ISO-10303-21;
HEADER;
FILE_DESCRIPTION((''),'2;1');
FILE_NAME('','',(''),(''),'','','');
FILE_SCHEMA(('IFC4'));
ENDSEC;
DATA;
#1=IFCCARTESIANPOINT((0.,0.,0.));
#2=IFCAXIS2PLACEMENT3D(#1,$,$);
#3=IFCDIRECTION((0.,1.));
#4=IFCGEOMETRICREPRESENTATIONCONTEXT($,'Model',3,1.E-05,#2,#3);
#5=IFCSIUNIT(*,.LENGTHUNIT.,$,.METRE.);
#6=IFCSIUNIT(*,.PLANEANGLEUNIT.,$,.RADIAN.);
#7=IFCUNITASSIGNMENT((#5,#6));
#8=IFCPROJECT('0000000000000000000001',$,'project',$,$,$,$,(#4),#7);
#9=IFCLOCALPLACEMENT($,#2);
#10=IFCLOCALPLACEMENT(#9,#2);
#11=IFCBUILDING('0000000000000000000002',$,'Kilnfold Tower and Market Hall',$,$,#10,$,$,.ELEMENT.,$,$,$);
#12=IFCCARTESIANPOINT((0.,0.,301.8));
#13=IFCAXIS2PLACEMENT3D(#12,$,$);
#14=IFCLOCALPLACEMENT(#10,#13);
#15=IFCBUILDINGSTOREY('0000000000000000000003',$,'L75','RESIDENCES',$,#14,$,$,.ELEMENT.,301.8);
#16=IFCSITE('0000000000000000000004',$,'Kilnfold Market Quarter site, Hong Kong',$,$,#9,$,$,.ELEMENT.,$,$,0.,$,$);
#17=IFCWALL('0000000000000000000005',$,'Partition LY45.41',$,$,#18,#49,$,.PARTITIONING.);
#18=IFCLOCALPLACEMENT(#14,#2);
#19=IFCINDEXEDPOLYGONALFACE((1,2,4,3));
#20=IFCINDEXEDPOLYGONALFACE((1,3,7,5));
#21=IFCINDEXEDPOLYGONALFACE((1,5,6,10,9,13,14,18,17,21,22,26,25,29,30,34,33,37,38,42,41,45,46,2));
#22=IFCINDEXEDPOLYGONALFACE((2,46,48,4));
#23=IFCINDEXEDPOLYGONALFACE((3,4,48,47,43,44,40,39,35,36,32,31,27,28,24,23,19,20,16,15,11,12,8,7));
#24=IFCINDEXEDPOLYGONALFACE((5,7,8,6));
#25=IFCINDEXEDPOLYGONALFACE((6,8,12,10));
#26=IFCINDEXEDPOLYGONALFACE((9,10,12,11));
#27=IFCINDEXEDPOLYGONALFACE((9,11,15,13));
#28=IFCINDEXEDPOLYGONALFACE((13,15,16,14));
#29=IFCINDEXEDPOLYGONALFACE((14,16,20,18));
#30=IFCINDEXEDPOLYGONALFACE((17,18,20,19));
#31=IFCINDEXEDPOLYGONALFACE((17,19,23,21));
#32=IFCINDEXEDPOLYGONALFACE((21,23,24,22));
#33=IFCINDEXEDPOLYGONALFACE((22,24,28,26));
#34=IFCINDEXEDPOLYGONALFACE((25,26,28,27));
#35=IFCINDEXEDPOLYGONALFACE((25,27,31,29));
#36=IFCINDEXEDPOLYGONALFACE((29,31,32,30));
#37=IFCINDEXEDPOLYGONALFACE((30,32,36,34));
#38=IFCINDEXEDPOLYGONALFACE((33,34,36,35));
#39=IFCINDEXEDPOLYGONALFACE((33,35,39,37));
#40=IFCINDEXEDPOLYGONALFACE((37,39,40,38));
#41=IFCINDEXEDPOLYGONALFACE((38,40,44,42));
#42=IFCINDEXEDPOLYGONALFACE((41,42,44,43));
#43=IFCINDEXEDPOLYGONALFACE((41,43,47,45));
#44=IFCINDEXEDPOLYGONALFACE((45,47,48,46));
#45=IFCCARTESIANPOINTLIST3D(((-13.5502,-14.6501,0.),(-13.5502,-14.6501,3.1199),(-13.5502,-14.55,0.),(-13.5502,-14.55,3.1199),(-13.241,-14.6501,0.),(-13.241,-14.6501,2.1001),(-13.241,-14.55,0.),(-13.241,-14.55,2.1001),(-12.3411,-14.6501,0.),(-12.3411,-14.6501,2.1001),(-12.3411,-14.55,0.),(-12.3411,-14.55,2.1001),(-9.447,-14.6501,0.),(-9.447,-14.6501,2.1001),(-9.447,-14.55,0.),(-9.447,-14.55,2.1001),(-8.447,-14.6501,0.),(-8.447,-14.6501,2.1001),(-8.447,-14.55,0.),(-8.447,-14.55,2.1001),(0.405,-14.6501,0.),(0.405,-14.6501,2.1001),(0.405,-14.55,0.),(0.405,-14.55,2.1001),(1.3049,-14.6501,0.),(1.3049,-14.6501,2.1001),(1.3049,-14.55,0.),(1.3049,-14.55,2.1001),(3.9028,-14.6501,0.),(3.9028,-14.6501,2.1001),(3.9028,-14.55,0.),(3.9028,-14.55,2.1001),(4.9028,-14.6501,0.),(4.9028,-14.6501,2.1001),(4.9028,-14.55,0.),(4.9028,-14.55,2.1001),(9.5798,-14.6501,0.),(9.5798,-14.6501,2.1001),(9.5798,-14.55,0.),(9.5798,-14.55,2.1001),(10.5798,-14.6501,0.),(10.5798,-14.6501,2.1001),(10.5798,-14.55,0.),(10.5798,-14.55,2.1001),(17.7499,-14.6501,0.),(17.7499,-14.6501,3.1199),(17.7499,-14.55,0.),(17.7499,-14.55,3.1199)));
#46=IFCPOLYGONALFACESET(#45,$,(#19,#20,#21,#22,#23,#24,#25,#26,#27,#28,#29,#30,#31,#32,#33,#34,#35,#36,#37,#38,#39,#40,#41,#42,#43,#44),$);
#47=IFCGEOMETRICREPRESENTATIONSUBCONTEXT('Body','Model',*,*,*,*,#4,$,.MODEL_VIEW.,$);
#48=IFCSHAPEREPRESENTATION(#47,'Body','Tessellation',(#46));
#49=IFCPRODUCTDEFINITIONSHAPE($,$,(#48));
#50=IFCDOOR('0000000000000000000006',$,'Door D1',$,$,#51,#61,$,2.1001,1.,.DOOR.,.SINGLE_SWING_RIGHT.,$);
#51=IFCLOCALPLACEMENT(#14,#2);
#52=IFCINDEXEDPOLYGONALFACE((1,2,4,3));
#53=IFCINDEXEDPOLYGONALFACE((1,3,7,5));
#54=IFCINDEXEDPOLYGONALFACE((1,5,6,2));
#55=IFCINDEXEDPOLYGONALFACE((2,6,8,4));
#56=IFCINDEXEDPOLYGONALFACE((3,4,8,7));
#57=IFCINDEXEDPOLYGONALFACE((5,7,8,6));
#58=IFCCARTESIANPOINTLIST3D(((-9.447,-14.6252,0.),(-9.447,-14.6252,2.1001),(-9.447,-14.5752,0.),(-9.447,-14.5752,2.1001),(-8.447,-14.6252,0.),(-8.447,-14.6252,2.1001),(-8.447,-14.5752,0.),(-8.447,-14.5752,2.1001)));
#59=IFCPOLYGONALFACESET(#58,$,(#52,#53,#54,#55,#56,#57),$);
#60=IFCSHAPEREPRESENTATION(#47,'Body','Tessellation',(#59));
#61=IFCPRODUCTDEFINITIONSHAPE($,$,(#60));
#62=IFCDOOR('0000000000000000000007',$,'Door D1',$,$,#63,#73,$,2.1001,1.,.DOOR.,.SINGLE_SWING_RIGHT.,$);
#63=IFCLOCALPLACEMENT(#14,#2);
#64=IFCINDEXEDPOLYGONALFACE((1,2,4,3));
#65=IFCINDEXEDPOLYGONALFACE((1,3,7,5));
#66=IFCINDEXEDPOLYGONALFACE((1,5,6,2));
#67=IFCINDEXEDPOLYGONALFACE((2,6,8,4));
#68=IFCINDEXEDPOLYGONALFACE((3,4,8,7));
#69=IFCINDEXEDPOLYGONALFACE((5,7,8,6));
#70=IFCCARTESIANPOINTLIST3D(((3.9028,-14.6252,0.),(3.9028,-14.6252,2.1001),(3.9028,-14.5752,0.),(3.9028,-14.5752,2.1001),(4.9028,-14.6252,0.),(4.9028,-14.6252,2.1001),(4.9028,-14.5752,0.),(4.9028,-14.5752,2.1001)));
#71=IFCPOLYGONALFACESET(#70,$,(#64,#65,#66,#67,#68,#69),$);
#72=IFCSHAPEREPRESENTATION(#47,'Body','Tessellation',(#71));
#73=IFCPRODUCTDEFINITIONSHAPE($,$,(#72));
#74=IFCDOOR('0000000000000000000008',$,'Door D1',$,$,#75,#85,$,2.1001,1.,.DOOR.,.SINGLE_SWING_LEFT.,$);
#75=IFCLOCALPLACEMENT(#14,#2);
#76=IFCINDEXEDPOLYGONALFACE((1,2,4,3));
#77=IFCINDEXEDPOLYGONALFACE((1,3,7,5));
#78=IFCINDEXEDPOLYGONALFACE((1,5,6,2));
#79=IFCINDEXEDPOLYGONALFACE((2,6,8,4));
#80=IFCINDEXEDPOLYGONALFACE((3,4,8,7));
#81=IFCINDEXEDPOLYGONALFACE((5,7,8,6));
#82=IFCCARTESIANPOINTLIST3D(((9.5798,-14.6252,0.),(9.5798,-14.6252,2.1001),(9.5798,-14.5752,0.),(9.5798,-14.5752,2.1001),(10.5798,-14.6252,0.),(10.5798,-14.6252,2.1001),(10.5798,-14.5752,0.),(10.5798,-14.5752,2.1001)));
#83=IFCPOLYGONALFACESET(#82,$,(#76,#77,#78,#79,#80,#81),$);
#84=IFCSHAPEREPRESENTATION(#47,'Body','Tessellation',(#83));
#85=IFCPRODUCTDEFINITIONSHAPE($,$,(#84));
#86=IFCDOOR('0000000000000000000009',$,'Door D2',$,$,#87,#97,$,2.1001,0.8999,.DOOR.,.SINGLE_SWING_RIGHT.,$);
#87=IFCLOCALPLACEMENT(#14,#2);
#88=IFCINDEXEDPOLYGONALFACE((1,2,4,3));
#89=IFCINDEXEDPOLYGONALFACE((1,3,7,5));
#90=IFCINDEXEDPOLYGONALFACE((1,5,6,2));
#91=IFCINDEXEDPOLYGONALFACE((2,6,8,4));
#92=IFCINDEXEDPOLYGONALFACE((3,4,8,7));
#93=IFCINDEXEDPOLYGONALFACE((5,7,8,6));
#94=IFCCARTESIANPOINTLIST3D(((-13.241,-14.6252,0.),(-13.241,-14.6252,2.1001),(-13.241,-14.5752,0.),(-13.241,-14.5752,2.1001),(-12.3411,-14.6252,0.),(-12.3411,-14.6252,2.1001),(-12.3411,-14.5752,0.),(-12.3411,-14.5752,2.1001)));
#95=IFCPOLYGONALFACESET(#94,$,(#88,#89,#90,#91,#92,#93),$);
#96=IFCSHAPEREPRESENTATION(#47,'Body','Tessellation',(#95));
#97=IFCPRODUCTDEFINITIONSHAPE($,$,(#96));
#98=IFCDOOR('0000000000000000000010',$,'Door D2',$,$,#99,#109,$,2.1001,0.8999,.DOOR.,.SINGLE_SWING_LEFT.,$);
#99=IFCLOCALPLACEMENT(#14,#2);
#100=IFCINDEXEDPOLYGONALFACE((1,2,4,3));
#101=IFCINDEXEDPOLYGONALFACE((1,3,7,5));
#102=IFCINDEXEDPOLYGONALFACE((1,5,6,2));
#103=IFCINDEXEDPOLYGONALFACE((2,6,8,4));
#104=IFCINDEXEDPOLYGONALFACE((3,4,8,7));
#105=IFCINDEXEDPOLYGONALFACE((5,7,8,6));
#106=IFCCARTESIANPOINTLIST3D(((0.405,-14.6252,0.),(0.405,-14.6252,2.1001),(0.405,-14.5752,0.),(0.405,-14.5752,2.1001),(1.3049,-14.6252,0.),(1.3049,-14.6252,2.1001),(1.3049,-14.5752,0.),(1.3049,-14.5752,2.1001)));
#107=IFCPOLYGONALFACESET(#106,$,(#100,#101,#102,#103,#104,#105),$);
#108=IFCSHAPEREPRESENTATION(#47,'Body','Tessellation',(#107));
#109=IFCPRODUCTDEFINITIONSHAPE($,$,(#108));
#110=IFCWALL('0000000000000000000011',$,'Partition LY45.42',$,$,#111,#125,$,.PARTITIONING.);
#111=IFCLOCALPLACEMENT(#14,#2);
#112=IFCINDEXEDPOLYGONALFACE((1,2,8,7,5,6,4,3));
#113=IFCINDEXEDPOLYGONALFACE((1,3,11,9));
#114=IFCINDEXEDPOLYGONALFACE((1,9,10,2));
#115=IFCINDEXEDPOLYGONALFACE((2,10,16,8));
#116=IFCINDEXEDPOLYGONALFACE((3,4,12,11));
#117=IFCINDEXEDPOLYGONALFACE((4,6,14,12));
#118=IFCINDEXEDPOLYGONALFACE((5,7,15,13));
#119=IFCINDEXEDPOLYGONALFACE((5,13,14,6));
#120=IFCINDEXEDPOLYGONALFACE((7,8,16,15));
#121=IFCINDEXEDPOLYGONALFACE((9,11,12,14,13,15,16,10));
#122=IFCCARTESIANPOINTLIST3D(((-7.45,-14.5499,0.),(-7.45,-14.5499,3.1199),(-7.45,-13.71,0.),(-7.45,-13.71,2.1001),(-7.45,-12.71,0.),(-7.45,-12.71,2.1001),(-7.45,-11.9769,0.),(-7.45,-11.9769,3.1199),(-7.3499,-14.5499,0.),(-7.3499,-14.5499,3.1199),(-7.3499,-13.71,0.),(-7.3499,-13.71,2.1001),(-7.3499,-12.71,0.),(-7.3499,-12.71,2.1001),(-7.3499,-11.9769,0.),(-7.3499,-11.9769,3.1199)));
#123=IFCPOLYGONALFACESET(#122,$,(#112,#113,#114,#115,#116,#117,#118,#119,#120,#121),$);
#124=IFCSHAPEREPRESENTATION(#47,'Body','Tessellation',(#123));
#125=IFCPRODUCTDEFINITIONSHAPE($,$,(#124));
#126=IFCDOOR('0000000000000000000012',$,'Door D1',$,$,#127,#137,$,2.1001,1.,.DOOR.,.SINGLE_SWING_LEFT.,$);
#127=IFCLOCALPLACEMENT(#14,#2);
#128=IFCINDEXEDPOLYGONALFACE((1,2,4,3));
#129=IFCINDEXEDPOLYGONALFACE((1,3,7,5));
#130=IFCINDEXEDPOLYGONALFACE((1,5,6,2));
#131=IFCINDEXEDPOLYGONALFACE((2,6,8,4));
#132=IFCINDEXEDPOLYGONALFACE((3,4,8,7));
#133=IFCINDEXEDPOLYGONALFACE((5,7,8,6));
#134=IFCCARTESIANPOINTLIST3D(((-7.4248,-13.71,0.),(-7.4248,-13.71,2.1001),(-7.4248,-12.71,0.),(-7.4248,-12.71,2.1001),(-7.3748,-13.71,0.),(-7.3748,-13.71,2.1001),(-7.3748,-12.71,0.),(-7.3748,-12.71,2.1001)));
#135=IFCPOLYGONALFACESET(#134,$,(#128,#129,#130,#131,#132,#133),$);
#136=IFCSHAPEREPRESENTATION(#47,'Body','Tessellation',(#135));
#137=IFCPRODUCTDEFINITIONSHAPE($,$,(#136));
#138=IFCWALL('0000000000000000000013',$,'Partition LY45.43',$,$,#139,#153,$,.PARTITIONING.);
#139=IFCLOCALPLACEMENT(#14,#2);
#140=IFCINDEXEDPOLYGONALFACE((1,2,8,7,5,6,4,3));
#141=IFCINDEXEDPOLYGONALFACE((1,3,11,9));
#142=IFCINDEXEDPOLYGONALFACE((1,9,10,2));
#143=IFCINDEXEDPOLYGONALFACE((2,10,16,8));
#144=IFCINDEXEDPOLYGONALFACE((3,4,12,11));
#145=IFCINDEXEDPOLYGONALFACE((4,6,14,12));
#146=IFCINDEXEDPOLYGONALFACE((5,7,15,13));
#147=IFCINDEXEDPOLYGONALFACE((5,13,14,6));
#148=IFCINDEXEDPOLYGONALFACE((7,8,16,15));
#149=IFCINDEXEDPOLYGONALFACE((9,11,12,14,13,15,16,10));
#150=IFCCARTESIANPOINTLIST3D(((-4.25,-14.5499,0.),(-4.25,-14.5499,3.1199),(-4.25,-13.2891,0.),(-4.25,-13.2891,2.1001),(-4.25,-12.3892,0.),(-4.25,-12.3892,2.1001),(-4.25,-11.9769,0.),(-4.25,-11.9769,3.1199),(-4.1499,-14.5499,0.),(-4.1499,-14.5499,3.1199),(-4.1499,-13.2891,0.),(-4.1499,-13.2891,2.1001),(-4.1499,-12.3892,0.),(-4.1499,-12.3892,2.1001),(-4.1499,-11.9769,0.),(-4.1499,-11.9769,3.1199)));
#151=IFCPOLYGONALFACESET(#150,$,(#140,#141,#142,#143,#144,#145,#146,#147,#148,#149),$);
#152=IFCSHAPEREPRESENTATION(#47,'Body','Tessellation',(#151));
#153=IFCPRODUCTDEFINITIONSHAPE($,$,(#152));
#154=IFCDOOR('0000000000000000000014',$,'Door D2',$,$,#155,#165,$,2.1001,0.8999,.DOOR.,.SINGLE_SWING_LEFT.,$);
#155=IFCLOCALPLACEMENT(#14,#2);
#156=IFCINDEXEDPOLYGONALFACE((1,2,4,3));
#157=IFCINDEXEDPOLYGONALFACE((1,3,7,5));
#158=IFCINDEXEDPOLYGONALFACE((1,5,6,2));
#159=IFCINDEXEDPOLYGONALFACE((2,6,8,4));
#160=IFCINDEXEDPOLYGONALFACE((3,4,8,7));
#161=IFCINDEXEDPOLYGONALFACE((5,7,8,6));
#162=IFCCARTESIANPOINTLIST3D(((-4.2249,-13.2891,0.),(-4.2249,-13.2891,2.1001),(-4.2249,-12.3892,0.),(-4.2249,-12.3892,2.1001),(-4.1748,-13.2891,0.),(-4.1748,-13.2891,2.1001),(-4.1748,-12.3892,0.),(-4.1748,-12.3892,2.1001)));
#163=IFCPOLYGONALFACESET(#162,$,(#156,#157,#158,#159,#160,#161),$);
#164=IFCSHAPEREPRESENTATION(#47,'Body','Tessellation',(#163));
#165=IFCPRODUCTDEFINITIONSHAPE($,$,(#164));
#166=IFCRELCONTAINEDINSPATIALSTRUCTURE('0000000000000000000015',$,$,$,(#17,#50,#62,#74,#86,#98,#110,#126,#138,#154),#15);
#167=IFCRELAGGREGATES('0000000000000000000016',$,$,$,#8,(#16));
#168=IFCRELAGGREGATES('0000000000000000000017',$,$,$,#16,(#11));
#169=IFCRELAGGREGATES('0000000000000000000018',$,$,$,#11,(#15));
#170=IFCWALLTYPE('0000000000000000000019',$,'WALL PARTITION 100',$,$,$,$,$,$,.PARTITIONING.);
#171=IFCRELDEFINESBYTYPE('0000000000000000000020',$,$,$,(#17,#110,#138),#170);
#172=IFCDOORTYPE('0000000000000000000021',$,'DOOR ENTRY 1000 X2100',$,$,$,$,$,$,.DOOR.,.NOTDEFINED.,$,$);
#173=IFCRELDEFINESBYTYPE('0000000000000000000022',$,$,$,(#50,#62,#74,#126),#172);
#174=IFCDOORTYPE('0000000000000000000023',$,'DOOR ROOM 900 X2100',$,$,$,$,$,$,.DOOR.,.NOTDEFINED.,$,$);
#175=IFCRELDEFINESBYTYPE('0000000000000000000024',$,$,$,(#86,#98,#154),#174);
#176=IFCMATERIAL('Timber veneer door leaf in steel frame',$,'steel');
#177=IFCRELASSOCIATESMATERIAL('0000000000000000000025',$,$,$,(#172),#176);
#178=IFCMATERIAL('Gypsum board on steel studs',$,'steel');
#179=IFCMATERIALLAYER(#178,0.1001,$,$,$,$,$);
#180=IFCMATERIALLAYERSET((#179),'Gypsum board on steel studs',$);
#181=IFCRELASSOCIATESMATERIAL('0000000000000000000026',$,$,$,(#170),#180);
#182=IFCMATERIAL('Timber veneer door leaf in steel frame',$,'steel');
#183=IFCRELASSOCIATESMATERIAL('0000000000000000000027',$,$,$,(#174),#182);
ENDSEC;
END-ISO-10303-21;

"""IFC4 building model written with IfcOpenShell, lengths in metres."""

from ifc_helpers import new_model, si_unit, direction, frame, frame_2d, origin, place, context, subcontext, project, spatial, rectangle, extrude, material, layer, layer_set, type_object, element, fill, save


model = new_model("IFC4")

# Units and contexts
model_context = context("Model", 3, precision=1e-05, world=origin(), true_north=direction((0.0, 1.0)))
body_context = subcontext(model_context, "Body", "Model", "MODEL_VIEW")
ifc_project = project(units=[si_unit("LENGTHUNIT", "METRE"), si_unit("PLANEANGLEUNIT", "RADIAN")], contexts=[model_context])

# Site, building, storey
site_placement = place(None, origin())
site = spatial("IfcSite", under=ifc_project, at=site_placement, Name="Kilnfold Market Quarter site, Hong Kong", CompositionType="ELEMENT", RefElevation=0.0)
building_placement = place(site_placement, origin())
building = spatial("IfcBuilding", under=site, at=building_placement, Name="Kilnfold Tower and Market Hall", CompositionType="ELEMENT")
storey_placement = place(building_placement, frame((0.0, 0.0, 301.8)))
storey = spatial("IfcBuildingStorey", under=building, at=storey_placement, Name="L75", Description="RESIDENCES", CompositionType="ELEMENT", Elevation=301.8)

# Shared definitions
ifc_material_1 = material(Name="Timber veneer door leaf in steel frame", Category="steel")
door_type_1 = type_object("IfcDoorType", Name="DOOR ENTRY 1000 X2100", OperationType="NOTDEFINED", PredefinedType="DOOR", material=ifc_material_1)

# Shared definitions
ifc_material_2 = material(Name="Gypsum board on steel studs", Category="steel")
ifc_layer_1 = layer(ifc_material_2, 0.1001)
ifc_layer_set_1 = layer_set([ifc_layer_1], Name="Gypsum board on steel studs")
wall_type_1 = type_object("IfcWallType", Name="WALL PARTITION 100", PredefinedType="PARTITIONING", material=ifc_layer_set_1)

# Wall, openings, doors
wall_1_placement = place(storey_placement, frame((-13.55, -14.6001, 0.0), z_axis=(0.0, 0.0, 1.0), x_axis=(1.0, 0.0, 0.0)))
wall_1 = element("IfcWall", 1, at=wall_1_placement, inside=storey, type_object=wall_type_1, Name="Partition LY45.41", PredefinedType="PARTITIONING", context=body_context, shape_type="SweptSolid", body=[
    extrude(rectangle(XDim=31.3, YDim=0.1001, at=frame_2d((15.6499, 0.0))), origin(), (0.0, 0.0, 1.0), 3.1199),
])
opening_1_placement = place(wall_1_placement, frame((0.3091, 0.0, 0.0)))
opening_1 = element("IfcOpeningElement", 2, at=opening_1_placement, cuts=wall_1, PredefinedType="OPENING", context=body_context, shape_type="SweptSolid", body=[
    extrude(rectangle(XDim=0.8999, YDim=2.1001, at=frame_2d((0.45, 1.05))), frame((0.0, 0.0601, 0.0), z_axis=(0.0, -1.0, 0.0), x_axis=(1.0, 0.0, 0.0)), (0.0, 0.0, 1.0), 0.1201),
])
opening_2_placement = place(wall_1_placement, frame((4.103, 0.0, 0.0)))
opening_2 = element("IfcOpeningElement", 3, at=opening_2_placement, cuts=wall_1, PredefinedType="OPENING", context=body_context, shape_type="SweptSolid", body=[
    extrude(rectangle(XDim=1.0, YDim=2.1001, at=frame_2d((0.5, 1.05))), frame((0.0, 0.0601, 0.0), z_axis=(0.0, -1.0, 0.0), x_axis=(1.0, 0.0, 0.0)), (0.0, 0.0, 1.0), 0.1201),
])
opening_3_placement = place(wall_1_placement, frame((13.9551, 0.0, 0.0)))
opening_3 = element("IfcOpeningElement", 4, at=opening_3_placement, cuts=wall_1, PredefinedType="OPENING", context=body_context, shape_type="SweptSolid", body=[
    extrude(rectangle(XDim=0.8999, YDim=2.1001, at=frame_2d((0.45, 1.05))), frame((0.0, 0.0601, 0.0), z_axis=(0.0, -1.0, 0.0), x_axis=(1.0, 0.0, 0.0)), (0.0, 0.0, 1.0), 0.1201),
])
opening_4_placement = place(wall_1_placement, frame((17.4529, 0.0, 0.0)))
opening_4 = element("IfcOpeningElement", 5, at=opening_4_placement, cuts=wall_1, PredefinedType="OPENING", context=body_context, shape_type="SweptSolid", body=[
    extrude(rectangle(XDim=1.0, YDim=2.1001, at=frame_2d((0.5, 1.05))), frame((0.0, 0.0601, 0.0), z_axis=(0.0, -1.0, 0.0), x_axis=(1.0, 0.0, 0.0)), (0.0, 0.0, 1.0), 0.1201),
])
opening_5_placement = place(wall_1_placement, frame((23.1299, 0.0, 0.0)))
opening_5 = element("IfcOpeningElement", 6, at=opening_5_placement, cuts=wall_1, PredefinedType="OPENING", context=body_context, shape_type="SweptSolid", body=[
    extrude(rectangle(XDim=1.0, YDim=2.1001, at=frame_2d((0.5, 1.05))), frame((0.0, 0.0601, 0.0), z_axis=(0.0, -1.0, 0.0), x_axis=(1.0, 0.0, 0.0)), (0.0, 0.0, 1.0), 0.1201),
])
door_1_placement = place(opening_2_placement, origin())
door_1 = element("IfcDoor", 7, at=door_1_placement, inside=storey, type_object=door_type_1, Name="Door D1", OperationType="SINGLE_SWING_RIGHT", OverallHeight=2.1001, OverallWidth=1.0, PredefinedType="DOOR", context=body_context, shape_type="SweptSolid", body=[
    extrude(rectangle(XDim=1.0, YDim=2.1001, at=frame_2d((0.5, 1.05))), frame((0.0, 0.0249, 0.0), z_axis=(0.0, -1.0, 0.0), x_axis=(1.0, 0.0, 0.0)), (0.0, 0.0, 1.0), 0.05),
])
fill(opening_2, door_1)
door_2_placement = place(opening_4_placement, origin())
door_2 = element("IfcDoor", 8, at=door_2_placement, inside=storey, type_object=door_type_1, Name="Door D1", OperationType="SINGLE_SWING_RIGHT", OverallHeight=2.1001, OverallWidth=1.0, PredefinedType="DOOR", context=body_context, shape_type="SweptSolid", body=[
    extrude(rectangle(XDim=1.0, YDim=2.1001, at=frame_2d((0.5, 1.05))), frame((0.0, 0.0249, 0.0), z_axis=(0.0, -1.0, 0.0), x_axis=(1.0, 0.0, 0.0)), (0.0, 0.0, 1.0), 0.05),
])
fill(opening_4, door_2)
door_3_placement = place(opening_5_placement, origin())
door_3 = element("IfcDoor", 9, at=door_3_placement, inside=storey, type_object=door_type_1, Name="Door D1", OperationType="SINGLE_SWING_LEFT", OverallHeight=2.1001, OverallWidth=1.0, PredefinedType="DOOR", context=body_context, shape_type="SweptSolid", body=[
    extrude(rectangle(XDim=1.0, YDim=2.1001, at=frame_2d((0.5, 1.05))), frame((0.0, 0.0249, 0.0), z_axis=(0.0, -1.0, 0.0), x_axis=(1.0, 0.0, 0.0)), (0.0, 0.0, 1.0), 0.05),
])
fill(opening_5, door_3)
ifc_material_3 = material(Name="Timber veneer door leaf in steel frame", Category="steel")
door_type_2 = type_object("IfcDoorType", Name="DOOR ROOM 900 X2100", OperationType="NOTDEFINED", PredefinedType="DOOR", material=ifc_material_3)
door_4_placement = place(opening_1_placement, origin())
door_4 = element("IfcDoor", 10, at=door_4_placement, inside=storey, type_object=door_type_2, Name="Door D2", OperationType="SINGLE_SWING_RIGHT", OverallHeight=2.1001, OverallWidth=0.8999, PredefinedType="DOOR", context=body_context, shape_type="SweptSolid", body=[
    extrude(rectangle(XDim=0.8999, YDim=2.1001, at=frame_2d((0.45, 1.05))), frame((0.0, 0.0249, 0.0), z_axis=(0.0, -1.0, 0.0), x_axis=(1.0, 0.0, 0.0)), (0.0, 0.0, 1.0), 0.05),
])
fill(opening_1, door_4)
door_5_placement = place(opening_3_placement, origin())
door_5 = element("IfcDoor", 11, at=door_5_placement, inside=storey, type_object=door_type_2, Name="Door D2", OperationType="SINGLE_SWING_LEFT", OverallHeight=2.1001, OverallWidth=0.8999, PredefinedType="DOOR", context=body_context, shape_type="SweptSolid", body=[
    extrude(rectangle(XDim=0.8999, YDim=2.1001, at=frame_2d((0.45, 1.05))), frame((0.0, 0.0249, 0.0), z_axis=(0.0, -1.0, 0.0), x_axis=(1.0, 0.0, 0.0)), (0.0, 0.0, 1.0), 0.05),
])
fill(opening_3, door_5)

# Walls, openings, doors
wall_2_placement = place(storey_placement, frame((-7.3999, -14.55, 0.0), z_axis=(0.0, 0.0, 1.0), x_axis=(0.0, 1.0, 0.0)))
wall_2 = element("IfcWall", 12, at=wall_2_placement, inside=storey, type_object=wall_type_1, Name="Partition LY45.42", PredefinedType="PARTITIONING", context=body_context, shape_type="SweptSolid", body=[
    extrude(rectangle(XDim=2.573, YDim=0.1001, at=frame_2d((1.2866, 0.0))), origin(), (0.0, 0.0, 1.0), 3.1199),
])
opening_6_placement = place(wall_2_placement, frame((0.8401, 0.0, 0.0)))
opening_6 = element("IfcOpeningElement", 13, at=opening_6_placement, cuts=wall_2, PredefinedType="OPENING", context=body_context, shape_type="SweptSolid", body=[
    extrude(rectangle(XDim=1.0, YDim=2.1001, at=frame_2d((0.5, 1.05))), frame((0.0, 0.0601, 0.0), z_axis=(0.0, -1.0, 0.0), x_axis=(1.0, 0.0, 0.0)), (0.0, 0.0, 1.0), 0.1201),
])
door_6_placement = place(opening_6_placement, origin())
door_6 = element("IfcDoor", 14, at=door_6_placement, inside=storey, type_object=door_type_1, Name="Door D1", OperationType="SINGLE_SWING_LEFT", OverallHeight=2.1001, OverallWidth=1.0, PredefinedType="DOOR", context=body_context, shape_type="SweptSolid", body=[
    extrude(rectangle(XDim=1.0, YDim=2.1001, at=frame_2d((0.5, 1.05))), frame((0.0, 0.0249, 0.0), z_axis=(0.0, -1.0, 0.0), x_axis=(1.0, 0.0, 0.0)), (0.0, 0.0, 1.0), 0.05),
])
fill(opening_6, door_6)
wall_3_placement = place(storey_placement, frame((-4.2, -14.55, 0.0), z_axis=(0.0, 0.0, 1.0), x_axis=(0.0, 1.0, 0.0)))
wall_3 = element("IfcWall", 15, at=wall_3_placement, inside=storey, type_object=wall_type_1, Name="Partition LY45.43", PredefinedType="PARTITIONING", context=body_context, shape_type="SweptSolid", body=[
    extrude(rectangle(XDim=2.573, YDim=0.1001, at=frame_2d((1.2866, 0.0))), origin(), (0.0, 0.0, 1.0), 3.1199),
])
opening_7_placement = place(wall_3_placement, frame((1.261, 0.0, 0.0)))
opening_7 = element("IfcOpeningElement", 16, at=opening_7_placement, cuts=wall_3, PredefinedType="OPENING", context=body_context, shape_type="SweptSolid", body=[
    extrude(rectangle(XDim=0.8999, YDim=2.1001, at=frame_2d((0.45, 1.05))), frame((0.0, 0.0601, 0.0), z_axis=(0.0, -1.0, 0.0), x_axis=(1.0, 0.0, 0.0)), (0.0, 0.0, 1.0), 0.1201),
])
door_7_placement = place(opening_7_placement, origin())
door_7 = element("IfcDoor", 17, at=door_7_placement, inside=storey, type_object=door_type_2, Name="Door D2", OperationType="SINGLE_SWING_LEFT", OverallHeight=2.1001, OverallWidth=0.8999, PredefinedType="DOOR", context=body_context, shape_type="SweptSolid", body=[
    extrude(rectangle(XDim=0.8999, YDim=2.1001, at=frame_2d((0.45, 1.05))), frame((0.0, 0.0249, 0.0), z_axis=(0.0, -1.0, 0.0), x_axis=(1.0, 0.0, 0.0)), (0.0, 0.0, 1.0), 0.05),
])
fill(opening_7, door_7)

save(model, "model.ifc")
